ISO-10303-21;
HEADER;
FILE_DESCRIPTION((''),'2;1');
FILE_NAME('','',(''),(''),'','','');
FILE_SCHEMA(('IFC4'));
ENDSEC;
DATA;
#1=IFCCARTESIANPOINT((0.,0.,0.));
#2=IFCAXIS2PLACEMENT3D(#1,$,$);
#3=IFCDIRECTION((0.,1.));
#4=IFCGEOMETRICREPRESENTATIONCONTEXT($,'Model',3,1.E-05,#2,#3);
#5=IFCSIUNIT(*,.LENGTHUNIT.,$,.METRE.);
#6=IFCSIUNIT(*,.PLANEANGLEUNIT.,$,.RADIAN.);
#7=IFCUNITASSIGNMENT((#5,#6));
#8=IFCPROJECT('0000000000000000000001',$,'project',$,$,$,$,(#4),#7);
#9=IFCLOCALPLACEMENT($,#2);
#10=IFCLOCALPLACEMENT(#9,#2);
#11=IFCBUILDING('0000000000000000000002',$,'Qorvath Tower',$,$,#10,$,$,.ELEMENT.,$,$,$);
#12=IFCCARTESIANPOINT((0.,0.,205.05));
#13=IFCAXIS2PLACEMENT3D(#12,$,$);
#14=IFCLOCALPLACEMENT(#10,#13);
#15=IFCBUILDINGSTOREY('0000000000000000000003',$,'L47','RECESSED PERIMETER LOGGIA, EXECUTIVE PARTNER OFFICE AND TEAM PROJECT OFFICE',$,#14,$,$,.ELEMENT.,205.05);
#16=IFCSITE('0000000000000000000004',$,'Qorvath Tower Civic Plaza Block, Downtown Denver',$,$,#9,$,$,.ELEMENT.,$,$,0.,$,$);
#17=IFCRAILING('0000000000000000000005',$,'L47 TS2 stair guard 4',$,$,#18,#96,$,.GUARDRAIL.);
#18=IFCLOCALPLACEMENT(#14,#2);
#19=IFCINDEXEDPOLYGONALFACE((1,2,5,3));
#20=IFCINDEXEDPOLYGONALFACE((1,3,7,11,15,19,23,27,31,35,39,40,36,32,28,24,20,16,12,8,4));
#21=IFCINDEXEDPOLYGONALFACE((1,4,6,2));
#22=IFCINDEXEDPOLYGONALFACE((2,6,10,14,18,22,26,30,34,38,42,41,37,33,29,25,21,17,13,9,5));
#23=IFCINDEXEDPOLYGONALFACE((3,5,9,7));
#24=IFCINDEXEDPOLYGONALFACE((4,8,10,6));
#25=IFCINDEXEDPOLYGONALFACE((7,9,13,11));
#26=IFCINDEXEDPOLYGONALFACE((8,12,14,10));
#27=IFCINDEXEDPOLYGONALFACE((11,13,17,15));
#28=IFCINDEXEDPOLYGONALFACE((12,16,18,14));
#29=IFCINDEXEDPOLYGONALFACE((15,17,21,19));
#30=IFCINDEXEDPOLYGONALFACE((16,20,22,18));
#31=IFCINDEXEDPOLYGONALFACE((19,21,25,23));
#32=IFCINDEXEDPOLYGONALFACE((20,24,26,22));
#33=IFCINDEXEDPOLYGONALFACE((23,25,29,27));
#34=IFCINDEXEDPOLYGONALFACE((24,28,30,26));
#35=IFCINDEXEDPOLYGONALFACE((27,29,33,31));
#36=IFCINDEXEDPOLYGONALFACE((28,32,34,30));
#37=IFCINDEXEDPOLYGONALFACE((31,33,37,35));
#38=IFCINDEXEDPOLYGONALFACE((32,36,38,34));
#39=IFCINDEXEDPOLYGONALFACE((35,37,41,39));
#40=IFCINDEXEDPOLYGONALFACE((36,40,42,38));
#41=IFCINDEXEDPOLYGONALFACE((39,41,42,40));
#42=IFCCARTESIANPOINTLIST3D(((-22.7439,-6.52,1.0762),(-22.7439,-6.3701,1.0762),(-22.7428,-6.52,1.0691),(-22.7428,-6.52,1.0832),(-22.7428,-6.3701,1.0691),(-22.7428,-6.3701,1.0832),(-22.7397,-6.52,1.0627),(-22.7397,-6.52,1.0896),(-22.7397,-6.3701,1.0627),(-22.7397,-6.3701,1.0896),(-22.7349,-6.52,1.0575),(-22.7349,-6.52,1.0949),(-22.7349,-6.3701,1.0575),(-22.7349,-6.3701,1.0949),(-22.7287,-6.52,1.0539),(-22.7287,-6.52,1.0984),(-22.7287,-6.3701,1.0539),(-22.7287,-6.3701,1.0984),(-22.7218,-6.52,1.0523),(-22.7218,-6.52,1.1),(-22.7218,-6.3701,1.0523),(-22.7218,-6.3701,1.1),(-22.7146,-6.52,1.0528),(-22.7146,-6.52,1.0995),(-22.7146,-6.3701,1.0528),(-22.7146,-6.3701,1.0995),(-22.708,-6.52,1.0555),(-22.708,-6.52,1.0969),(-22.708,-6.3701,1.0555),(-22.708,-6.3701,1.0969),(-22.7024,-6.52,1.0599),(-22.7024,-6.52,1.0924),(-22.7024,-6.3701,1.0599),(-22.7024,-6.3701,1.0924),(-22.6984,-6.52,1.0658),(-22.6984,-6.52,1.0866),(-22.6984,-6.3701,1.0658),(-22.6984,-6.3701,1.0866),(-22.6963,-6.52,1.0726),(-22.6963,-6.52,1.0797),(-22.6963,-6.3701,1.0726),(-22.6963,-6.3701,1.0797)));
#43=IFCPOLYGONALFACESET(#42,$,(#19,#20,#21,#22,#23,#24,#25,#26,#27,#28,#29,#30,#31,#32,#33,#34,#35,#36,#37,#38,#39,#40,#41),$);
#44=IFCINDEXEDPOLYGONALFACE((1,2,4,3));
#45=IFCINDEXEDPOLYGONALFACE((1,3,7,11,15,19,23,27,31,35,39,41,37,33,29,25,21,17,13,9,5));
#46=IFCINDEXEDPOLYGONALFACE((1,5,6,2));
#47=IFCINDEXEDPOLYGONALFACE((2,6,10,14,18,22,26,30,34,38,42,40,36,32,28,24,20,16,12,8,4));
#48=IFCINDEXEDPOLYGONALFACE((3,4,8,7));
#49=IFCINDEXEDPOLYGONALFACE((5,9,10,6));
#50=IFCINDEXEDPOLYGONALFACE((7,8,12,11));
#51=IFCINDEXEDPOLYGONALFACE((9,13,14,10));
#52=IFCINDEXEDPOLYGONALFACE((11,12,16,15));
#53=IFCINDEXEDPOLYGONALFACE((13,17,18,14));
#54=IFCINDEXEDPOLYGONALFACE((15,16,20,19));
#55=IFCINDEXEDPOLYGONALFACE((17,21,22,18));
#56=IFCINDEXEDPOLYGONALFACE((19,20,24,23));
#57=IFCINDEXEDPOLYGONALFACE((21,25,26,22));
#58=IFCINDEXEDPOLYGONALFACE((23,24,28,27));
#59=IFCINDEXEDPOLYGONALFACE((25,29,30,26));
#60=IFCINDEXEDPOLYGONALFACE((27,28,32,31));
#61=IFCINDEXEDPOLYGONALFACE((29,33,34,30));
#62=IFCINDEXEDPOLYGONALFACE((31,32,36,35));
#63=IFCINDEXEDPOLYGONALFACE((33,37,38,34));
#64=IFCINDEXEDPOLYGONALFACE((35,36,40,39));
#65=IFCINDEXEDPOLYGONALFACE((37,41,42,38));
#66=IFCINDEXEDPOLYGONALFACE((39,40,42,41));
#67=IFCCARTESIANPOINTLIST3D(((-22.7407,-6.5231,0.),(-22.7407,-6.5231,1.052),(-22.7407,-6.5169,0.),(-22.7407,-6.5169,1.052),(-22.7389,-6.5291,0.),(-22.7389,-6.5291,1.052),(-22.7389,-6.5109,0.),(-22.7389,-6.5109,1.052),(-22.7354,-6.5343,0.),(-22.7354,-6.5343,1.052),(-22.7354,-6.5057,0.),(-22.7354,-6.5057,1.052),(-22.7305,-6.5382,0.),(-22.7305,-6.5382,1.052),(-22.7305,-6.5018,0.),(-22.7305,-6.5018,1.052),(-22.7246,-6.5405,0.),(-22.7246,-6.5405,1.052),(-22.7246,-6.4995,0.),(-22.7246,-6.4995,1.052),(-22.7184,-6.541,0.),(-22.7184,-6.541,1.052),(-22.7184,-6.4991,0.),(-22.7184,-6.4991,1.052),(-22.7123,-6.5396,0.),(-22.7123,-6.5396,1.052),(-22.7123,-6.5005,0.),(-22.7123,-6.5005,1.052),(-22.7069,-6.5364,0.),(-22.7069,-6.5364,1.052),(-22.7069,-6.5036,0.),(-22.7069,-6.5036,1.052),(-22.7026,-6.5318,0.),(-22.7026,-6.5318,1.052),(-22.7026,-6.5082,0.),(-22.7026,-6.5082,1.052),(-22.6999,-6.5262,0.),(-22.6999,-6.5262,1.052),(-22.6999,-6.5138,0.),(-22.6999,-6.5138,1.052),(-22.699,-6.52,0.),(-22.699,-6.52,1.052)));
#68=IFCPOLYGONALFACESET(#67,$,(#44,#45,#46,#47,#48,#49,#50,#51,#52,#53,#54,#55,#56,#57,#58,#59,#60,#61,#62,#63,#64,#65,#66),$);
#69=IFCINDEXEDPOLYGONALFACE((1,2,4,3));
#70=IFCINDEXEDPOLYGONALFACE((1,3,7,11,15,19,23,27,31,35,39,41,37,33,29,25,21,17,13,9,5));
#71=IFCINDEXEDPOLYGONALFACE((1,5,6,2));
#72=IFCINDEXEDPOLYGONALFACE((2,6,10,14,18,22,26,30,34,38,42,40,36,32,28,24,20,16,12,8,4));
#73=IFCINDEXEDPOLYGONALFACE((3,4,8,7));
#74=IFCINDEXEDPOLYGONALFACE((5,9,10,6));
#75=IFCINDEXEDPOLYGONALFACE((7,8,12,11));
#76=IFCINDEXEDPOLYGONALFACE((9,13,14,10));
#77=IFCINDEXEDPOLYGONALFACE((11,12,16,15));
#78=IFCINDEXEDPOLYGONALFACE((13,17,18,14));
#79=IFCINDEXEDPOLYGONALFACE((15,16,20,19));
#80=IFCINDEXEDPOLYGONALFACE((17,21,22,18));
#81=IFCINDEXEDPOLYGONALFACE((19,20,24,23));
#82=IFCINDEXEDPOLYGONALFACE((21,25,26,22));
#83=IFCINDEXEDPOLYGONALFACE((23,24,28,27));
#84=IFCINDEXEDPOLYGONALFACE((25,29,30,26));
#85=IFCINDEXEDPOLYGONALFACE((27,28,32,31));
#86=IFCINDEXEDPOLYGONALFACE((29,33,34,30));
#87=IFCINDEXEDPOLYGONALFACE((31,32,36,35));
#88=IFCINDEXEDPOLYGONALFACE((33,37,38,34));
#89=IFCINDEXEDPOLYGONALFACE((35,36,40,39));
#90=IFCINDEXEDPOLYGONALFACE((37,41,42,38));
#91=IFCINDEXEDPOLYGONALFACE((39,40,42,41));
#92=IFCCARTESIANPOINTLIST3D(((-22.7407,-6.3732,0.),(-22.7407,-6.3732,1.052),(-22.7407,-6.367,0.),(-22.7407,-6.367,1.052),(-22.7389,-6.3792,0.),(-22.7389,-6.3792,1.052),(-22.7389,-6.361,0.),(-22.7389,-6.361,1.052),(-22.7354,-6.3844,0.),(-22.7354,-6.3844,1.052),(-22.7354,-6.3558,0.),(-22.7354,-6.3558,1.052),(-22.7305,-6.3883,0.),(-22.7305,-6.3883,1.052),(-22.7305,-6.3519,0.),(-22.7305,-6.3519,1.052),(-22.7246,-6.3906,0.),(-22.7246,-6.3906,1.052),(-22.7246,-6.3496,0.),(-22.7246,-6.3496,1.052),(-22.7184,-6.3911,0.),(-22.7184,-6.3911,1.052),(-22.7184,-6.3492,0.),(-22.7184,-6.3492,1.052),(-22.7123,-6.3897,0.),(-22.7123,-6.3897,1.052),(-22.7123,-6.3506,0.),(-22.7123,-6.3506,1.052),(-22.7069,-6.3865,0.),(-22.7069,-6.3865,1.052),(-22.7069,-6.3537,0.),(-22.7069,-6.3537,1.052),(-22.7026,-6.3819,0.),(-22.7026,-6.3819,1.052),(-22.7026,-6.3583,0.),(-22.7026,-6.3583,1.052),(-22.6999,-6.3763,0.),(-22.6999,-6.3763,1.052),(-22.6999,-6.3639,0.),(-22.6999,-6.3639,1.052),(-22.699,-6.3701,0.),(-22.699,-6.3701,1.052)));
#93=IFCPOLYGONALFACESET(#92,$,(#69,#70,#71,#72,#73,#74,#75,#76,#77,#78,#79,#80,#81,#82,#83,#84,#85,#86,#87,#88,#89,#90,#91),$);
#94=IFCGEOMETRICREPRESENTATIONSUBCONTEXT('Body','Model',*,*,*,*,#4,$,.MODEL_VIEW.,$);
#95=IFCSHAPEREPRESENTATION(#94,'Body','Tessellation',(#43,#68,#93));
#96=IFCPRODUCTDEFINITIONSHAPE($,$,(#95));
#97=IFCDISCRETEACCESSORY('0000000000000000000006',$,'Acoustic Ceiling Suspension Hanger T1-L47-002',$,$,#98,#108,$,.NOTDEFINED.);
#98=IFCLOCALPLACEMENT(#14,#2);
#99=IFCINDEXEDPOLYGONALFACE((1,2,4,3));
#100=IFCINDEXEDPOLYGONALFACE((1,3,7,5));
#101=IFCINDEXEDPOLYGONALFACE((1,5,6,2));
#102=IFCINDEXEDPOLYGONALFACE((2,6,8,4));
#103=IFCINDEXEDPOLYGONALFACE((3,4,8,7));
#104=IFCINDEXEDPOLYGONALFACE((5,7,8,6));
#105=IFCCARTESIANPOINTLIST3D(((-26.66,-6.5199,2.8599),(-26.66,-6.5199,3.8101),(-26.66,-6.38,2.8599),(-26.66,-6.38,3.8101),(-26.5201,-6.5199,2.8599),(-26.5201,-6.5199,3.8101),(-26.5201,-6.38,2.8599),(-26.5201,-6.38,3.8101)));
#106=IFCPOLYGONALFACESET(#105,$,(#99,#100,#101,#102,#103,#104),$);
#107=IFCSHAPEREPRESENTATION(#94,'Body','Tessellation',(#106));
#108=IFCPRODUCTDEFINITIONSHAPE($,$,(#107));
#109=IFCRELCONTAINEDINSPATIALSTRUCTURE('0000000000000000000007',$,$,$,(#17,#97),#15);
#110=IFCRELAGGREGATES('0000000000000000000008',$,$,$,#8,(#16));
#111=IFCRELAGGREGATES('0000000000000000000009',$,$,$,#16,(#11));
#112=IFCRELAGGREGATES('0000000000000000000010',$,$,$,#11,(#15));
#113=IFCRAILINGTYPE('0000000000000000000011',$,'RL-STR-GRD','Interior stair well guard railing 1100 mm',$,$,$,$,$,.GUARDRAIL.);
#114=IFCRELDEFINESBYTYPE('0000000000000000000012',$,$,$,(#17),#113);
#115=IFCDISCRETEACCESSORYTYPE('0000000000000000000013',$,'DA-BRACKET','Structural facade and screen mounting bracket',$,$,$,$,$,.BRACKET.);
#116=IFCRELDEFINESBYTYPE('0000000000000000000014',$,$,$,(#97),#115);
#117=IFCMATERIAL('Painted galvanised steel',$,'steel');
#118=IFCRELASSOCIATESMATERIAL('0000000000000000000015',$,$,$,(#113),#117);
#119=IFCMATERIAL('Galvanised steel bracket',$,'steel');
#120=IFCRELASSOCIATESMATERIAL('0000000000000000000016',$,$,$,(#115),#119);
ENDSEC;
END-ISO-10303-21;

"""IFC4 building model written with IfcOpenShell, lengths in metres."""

from ifc_helpers import new_model, si_unit, direction, frame, origin, origin_2d, place, context, subcontext, project, spatial, rectangle, circle, extrude, material, type_object, element, save


model = new_model("IFC4")

# Units and contexts
model_context = context("Model", 3, precision=1e-05, world=origin(), true_north=direction((0.0, 1.0)))
body_context = subcontext(model_context, "Body", "Model", "MODEL_VIEW")
ifc_project = project(units=[si_unit("LENGTHUNIT", "METRE"), si_unit("PLANEANGLEUNIT", "RADIAN")], contexts=[model_context])

# Site, building, storey
site_placement = place(None, origin())
site = spatial("IfcSite", under=ifc_project, at=site_placement, Name="Qorvath Tower Civic Plaza Block, Downtown Denver", CompositionType="ELEMENT", RefElevation=0.0)
building_placement = place(site_placement, origin())
building = spatial("IfcBuilding", under=site, at=building_placement, Name="Qorvath Tower", CompositionType="ELEMENT")
storey_placement = place(building_placement, frame((0.0, 0.0, 205.05)))
storey = spatial("IfcBuildingStorey", under=building, at=storey_placement, Name="L47", Description="RECESSED PERIMETER LOGGIA, EXECUTIVE PARTNER OFFICE AND TEAM PROJECT OFFICE", CompositionType="ELEMENT", Elevation=205.05)

# Railing
ifc_material_1 = material(Name="Painted galvanised steel", Category="steel")
railing_type = type_object("IfcRailingType", Name="RL-STR-GRD", Description="Interior stair well guard railing 1100 mm", PredefinedType="GUARDRAIL", material=ifc_material_1)
railing_1_placement = place(storey_placement, frame((-22.72, -6.52, 0.0)))
element("IfcRailing", 1, at=railing_1_placement, inside=storey, type_object=railing_type, Name="L47 TS2 stair guard 4", PredefinedType="GUARDRAIL", context=body_context, shape_type="SweptSolid", body=[
    extrude(circle(Radius=0.0239, at=origin_2d()), frame((0.0, 0.0, 1.0762), z_axis=(0.0, 1.0, 0.0), x_axis=(-1.0, 0.0, 0.0)), (0.0, 0.0, 1.0), 0.1499),
    extrude(circle(Radius=0.021, at=origin_2d()), origin(), (0.0, 0.0, 1.0), 1.052),
    extrude(circle(Radius=0.021, at=origin_2d()), frame((0.0, 0.1499, 0.0)), (0.0, 0.0, 1.0), 1.052),
])

# Discrete accessory
ifc_material_2 = material(Name="Galvanised steel bracket", Category="steel")
discrete_accessory_type = type_object("IfcDiscreteAccessoryType", Name="DA-BRACKET", Description="Structural facade and screen mounting bracket", PredefinedType="BRACKET", material=ifc_material_2)
discrete_accessory_placement = place(storey_placement, frame((-26.5901, -6.45, 2.8599), z_axis=(0.0, 0.0, 1.0), x_axis=(1.0, 0.0, 0.0)))
element("IfcDiscreteAccessory", 2, at=discrete_accessory_placement, inside=storey, type_object=discrete_accessory_type, Name="Acoustic Ceiling Suspension Hanger T1-L47-002", PredefinedType="NOTDEFINED", context=body_context, shape_type="SweptSolid", body=[
    extrude(rectangle(XDim=0.1399, YDim=0.1399, at=origin_2d()), origin(), (0.0, 0.0, 1.0), 0.9502),
])

save(model, "model.ifc")
